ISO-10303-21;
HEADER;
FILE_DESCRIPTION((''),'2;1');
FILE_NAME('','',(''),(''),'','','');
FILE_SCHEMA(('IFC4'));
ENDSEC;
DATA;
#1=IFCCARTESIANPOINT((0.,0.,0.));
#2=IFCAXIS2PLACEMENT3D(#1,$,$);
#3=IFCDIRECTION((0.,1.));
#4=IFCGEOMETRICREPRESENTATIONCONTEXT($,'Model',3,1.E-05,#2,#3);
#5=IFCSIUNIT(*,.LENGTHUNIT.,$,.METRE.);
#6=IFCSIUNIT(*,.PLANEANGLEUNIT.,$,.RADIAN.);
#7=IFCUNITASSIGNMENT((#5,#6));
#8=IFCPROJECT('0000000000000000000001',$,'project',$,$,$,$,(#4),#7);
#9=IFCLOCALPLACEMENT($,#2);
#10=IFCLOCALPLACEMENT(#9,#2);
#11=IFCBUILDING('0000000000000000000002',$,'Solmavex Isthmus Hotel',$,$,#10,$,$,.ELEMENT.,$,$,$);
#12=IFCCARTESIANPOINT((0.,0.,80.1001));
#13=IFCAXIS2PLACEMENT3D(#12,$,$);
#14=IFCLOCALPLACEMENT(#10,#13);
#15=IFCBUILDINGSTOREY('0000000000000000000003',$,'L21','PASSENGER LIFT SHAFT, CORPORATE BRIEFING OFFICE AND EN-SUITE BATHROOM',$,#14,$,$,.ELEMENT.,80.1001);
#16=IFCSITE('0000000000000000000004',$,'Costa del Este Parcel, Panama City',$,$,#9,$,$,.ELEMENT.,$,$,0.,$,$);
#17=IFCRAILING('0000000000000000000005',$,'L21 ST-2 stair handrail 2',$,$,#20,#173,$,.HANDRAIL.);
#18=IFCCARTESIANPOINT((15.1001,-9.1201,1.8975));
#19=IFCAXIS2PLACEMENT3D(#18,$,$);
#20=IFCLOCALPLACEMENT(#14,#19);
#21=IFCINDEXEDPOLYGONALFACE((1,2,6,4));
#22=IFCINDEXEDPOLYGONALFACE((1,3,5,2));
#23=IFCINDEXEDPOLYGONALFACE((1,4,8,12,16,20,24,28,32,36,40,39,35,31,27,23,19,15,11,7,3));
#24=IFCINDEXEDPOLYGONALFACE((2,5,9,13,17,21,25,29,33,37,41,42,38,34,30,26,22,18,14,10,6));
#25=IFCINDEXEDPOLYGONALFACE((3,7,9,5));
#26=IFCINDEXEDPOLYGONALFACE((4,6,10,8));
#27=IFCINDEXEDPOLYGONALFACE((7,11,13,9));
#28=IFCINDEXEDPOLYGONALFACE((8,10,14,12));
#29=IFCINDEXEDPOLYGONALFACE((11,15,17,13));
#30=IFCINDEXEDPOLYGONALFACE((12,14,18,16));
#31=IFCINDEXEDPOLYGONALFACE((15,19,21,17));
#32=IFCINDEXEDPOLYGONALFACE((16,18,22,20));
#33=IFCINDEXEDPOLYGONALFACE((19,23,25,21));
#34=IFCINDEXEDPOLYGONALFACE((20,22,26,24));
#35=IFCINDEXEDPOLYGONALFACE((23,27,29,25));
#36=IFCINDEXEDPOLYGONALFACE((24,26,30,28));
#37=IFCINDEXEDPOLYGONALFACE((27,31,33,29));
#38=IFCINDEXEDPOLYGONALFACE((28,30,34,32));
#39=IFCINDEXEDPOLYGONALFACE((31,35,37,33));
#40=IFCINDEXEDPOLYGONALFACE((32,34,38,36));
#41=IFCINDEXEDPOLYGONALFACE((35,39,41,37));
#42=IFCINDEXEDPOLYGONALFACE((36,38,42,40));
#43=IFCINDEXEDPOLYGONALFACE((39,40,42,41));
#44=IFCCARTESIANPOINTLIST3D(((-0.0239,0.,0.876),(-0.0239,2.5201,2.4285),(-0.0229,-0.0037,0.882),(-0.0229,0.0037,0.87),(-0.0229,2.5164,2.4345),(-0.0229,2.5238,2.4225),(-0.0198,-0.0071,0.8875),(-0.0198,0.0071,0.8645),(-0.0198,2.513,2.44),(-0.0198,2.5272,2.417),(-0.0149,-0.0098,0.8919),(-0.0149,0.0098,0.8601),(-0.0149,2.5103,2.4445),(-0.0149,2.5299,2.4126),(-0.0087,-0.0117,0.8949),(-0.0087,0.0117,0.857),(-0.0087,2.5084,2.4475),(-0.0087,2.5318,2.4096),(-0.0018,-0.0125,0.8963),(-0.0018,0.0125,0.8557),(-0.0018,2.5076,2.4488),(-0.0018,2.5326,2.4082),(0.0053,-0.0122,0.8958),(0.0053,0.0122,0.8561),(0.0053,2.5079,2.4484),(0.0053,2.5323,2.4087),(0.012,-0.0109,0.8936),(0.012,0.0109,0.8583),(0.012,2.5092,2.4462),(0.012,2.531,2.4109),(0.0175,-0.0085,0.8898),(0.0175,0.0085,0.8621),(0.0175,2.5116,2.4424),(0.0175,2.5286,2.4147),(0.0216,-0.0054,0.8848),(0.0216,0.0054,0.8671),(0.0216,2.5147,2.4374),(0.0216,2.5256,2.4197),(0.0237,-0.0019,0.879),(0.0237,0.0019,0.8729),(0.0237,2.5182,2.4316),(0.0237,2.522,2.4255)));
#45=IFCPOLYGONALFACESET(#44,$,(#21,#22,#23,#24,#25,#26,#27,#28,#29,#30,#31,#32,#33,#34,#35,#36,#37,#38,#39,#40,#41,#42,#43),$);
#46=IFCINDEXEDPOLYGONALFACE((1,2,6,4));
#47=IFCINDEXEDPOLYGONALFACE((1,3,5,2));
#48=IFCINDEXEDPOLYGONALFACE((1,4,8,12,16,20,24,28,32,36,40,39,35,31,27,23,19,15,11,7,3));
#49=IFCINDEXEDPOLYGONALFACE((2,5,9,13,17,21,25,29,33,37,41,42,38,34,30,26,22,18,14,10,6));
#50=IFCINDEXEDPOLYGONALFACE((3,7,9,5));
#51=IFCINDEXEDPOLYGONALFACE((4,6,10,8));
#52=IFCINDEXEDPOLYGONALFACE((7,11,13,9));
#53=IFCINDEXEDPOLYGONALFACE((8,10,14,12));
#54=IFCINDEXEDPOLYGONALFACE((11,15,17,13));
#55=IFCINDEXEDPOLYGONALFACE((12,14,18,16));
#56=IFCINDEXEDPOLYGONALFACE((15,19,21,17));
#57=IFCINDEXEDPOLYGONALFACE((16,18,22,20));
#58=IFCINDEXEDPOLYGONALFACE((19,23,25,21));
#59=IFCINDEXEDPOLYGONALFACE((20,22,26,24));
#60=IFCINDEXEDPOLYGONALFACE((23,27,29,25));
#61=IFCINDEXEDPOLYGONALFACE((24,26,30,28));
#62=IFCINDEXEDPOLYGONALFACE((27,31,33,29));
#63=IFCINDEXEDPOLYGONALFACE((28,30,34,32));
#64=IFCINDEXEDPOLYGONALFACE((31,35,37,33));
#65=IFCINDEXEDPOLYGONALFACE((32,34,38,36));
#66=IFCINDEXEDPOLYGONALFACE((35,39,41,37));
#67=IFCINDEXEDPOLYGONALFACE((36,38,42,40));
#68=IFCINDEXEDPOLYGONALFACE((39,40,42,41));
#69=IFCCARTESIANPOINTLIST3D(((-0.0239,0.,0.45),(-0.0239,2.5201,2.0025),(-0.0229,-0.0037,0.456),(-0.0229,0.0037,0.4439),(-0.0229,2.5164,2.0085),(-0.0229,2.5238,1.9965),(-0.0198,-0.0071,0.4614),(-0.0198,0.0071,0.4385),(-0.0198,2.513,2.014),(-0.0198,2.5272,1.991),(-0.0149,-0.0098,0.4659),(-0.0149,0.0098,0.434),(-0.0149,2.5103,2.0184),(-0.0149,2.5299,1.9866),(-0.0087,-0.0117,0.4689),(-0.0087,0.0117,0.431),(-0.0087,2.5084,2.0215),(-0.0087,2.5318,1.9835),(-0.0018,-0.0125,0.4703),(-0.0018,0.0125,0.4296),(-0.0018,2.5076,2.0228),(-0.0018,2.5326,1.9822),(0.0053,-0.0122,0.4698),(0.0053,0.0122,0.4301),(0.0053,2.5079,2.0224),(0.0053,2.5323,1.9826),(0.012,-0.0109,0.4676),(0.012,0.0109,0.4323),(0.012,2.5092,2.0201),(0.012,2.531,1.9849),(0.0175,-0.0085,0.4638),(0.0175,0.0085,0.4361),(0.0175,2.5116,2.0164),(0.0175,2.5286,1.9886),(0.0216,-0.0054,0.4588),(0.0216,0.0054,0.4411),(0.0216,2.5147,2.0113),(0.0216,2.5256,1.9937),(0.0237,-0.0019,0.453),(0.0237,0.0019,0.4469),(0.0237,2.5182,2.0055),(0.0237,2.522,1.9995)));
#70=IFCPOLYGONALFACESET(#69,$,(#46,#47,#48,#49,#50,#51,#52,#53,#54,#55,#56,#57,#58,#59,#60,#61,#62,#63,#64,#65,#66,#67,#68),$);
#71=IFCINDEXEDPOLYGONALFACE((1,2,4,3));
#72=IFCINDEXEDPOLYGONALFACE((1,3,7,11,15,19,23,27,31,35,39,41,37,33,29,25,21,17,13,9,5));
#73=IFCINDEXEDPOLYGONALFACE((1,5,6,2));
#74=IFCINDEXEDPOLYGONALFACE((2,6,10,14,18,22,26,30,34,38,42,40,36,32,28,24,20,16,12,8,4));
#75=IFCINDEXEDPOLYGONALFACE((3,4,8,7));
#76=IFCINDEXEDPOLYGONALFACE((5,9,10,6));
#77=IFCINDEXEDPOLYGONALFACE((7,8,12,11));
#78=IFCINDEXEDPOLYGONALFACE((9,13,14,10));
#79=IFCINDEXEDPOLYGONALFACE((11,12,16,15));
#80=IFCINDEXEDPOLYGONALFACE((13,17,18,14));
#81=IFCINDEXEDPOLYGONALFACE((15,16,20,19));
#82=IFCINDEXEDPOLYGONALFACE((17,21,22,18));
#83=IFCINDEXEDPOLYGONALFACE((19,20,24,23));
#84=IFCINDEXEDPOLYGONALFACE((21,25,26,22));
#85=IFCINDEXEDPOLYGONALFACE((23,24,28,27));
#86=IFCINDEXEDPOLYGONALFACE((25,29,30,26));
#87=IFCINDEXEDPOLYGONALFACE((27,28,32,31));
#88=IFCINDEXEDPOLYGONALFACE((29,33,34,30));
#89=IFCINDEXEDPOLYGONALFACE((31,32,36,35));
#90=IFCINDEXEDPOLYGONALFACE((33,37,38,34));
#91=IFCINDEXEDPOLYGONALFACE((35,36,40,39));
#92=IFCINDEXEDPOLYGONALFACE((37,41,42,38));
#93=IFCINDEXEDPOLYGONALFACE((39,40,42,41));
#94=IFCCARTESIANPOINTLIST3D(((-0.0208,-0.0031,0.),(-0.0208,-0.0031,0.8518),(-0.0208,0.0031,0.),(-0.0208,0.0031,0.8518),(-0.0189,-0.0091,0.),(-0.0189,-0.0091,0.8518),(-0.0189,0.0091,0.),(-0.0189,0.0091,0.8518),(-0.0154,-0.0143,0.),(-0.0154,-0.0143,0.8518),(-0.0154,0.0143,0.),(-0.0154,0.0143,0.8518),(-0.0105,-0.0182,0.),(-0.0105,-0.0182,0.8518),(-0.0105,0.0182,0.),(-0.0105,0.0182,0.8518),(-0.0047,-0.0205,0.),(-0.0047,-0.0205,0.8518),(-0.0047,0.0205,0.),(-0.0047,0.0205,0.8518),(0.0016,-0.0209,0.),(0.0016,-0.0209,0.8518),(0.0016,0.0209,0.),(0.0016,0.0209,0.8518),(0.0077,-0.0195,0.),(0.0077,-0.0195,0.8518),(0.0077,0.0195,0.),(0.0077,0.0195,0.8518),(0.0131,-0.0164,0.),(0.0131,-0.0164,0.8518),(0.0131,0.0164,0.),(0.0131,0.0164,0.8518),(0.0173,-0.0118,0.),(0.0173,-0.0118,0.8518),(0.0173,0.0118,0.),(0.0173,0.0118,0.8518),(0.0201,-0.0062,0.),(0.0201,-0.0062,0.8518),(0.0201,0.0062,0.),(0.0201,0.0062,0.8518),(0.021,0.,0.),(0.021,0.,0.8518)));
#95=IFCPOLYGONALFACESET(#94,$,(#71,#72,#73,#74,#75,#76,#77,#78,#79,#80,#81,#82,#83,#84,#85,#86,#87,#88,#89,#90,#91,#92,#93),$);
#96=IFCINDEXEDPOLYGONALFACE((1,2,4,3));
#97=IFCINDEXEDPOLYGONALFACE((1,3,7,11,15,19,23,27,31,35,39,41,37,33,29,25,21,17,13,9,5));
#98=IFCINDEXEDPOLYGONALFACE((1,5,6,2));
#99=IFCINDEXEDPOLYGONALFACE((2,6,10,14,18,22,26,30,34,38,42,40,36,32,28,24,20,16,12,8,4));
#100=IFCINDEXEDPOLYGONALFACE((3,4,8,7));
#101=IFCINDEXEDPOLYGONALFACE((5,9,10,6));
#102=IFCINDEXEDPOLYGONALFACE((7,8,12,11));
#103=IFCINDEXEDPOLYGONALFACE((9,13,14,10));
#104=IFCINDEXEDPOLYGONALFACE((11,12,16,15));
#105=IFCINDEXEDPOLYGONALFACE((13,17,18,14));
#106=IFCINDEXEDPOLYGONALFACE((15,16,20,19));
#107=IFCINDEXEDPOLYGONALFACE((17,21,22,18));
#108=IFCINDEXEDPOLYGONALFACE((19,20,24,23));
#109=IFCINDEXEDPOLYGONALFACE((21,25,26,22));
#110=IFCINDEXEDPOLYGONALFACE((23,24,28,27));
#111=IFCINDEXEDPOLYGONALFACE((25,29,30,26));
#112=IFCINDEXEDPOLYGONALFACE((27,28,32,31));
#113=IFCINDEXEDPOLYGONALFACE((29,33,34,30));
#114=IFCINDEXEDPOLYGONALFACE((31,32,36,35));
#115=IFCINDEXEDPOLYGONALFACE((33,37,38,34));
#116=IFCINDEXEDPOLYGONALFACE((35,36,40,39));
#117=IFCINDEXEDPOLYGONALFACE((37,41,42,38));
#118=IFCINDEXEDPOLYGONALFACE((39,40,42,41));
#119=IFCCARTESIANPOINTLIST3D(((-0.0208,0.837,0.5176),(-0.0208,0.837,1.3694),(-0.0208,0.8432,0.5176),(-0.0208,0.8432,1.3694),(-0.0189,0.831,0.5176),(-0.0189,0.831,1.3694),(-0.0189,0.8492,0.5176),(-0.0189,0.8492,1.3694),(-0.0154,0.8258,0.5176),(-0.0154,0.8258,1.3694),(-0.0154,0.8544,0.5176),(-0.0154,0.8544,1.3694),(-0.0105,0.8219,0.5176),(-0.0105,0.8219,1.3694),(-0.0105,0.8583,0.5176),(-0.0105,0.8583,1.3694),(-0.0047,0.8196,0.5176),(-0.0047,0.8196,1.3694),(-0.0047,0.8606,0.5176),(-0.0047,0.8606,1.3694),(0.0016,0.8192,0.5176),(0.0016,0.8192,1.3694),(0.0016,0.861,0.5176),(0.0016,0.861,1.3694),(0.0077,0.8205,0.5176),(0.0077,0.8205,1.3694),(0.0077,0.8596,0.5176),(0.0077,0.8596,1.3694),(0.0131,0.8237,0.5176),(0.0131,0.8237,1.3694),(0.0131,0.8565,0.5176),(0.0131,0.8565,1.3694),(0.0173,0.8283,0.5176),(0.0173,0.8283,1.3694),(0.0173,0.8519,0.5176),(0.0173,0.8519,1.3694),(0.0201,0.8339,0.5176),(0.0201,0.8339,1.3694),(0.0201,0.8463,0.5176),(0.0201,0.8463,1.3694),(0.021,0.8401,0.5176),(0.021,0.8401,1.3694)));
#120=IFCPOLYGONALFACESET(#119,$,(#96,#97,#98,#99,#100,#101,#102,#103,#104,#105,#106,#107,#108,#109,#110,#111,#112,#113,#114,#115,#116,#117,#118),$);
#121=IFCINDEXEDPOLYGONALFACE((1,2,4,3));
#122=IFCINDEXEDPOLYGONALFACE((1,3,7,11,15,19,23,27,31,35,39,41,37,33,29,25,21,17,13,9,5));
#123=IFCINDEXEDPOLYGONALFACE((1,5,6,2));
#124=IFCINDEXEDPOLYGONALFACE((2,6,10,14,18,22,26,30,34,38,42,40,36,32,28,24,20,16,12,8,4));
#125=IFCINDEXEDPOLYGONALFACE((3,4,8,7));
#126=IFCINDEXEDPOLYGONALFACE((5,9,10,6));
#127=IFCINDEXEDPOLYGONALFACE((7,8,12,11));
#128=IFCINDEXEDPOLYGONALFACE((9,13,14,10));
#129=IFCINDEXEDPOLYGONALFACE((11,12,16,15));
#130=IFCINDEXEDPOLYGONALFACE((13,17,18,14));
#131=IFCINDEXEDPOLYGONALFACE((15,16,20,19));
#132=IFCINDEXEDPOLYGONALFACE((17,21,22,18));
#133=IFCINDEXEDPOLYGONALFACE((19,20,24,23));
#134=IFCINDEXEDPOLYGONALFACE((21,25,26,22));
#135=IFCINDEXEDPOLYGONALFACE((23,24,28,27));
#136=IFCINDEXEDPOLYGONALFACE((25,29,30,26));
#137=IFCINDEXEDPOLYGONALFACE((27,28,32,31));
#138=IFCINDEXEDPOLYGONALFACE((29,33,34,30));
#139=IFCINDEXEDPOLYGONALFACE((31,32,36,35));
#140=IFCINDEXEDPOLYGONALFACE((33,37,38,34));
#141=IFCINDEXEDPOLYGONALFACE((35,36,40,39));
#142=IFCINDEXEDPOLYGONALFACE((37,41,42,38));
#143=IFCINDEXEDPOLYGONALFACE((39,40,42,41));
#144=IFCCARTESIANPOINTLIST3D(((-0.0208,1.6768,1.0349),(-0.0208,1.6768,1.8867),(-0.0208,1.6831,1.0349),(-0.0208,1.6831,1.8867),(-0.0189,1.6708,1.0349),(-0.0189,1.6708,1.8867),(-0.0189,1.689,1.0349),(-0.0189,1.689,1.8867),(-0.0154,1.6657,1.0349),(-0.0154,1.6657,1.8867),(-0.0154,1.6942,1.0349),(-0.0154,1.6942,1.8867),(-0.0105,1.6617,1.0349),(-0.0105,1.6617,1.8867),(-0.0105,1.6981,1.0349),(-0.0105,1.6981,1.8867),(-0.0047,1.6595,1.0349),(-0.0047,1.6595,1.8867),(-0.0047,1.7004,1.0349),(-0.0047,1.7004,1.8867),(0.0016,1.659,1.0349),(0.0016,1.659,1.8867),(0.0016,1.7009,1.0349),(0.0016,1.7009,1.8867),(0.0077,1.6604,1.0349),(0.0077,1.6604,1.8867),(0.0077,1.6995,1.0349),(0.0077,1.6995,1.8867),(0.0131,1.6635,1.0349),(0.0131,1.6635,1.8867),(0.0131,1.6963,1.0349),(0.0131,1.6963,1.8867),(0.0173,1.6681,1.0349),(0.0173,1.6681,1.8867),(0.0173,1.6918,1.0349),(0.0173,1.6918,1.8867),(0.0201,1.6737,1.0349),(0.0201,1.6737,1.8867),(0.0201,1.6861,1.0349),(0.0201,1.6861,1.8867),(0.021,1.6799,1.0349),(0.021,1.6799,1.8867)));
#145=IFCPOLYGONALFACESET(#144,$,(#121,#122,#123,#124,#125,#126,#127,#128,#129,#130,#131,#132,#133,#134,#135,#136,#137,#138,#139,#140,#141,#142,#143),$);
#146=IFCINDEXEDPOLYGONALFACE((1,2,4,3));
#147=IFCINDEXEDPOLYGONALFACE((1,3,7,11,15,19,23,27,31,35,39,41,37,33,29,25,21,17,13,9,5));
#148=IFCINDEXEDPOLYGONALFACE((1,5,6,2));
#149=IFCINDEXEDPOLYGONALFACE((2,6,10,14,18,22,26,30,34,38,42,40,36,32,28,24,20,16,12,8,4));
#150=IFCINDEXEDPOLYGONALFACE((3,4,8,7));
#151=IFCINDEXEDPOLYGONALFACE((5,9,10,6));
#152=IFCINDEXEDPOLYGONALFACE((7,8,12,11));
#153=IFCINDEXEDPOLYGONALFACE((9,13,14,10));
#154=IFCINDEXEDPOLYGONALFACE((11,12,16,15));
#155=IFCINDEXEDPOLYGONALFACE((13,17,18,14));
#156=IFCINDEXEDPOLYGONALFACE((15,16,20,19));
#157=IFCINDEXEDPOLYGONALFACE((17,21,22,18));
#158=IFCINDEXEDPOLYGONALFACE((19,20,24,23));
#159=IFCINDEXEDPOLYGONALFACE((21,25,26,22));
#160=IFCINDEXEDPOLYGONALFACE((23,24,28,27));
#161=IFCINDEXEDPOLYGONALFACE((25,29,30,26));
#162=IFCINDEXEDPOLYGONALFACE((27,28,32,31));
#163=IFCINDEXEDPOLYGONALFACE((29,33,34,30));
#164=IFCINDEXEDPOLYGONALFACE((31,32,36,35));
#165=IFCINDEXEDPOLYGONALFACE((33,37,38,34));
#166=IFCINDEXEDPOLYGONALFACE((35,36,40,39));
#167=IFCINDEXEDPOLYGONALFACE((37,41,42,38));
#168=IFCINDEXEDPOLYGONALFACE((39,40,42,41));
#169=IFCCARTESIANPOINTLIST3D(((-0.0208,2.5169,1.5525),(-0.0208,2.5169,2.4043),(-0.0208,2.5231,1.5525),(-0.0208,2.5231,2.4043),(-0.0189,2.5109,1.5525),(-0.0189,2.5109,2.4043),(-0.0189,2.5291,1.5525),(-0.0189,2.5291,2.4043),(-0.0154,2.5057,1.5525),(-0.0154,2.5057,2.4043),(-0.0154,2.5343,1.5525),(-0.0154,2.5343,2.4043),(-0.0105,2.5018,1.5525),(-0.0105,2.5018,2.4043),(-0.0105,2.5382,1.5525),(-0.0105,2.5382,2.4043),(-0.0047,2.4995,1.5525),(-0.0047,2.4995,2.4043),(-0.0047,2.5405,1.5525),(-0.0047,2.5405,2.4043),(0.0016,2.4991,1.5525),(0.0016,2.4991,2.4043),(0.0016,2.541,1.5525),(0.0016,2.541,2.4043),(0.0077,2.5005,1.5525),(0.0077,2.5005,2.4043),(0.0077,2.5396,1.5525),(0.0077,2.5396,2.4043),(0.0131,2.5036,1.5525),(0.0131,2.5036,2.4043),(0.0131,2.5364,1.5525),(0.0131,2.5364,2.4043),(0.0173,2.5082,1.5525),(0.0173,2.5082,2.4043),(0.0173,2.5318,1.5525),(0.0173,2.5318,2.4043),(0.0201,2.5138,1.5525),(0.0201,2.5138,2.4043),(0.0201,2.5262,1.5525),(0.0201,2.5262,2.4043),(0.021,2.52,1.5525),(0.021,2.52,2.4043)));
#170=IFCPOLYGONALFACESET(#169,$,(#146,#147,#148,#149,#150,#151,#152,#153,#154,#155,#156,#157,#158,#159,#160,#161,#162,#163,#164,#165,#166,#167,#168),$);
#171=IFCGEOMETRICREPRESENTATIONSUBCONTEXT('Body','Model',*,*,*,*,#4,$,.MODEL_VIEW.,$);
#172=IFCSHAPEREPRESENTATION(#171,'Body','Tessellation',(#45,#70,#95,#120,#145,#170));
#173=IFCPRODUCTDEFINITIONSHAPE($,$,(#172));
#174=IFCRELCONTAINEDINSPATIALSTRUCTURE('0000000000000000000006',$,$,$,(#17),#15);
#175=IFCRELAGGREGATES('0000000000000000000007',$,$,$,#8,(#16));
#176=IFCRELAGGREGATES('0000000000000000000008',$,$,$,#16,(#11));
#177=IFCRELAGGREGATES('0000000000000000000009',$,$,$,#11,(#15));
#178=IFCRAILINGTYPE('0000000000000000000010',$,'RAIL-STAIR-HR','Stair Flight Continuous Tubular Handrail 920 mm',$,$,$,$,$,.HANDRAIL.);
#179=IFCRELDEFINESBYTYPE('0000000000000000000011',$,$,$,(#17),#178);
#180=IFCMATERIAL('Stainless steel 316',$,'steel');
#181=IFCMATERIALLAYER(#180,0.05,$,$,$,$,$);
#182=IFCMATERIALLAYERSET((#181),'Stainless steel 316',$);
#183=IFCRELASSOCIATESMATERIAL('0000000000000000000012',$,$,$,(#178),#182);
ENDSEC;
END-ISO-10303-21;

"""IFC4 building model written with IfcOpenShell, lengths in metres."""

from ifc_helpers import new_model, si_unit, direction, frame, origin, origin_2d, place, context, subcontext, project, spatial, circle, extrude, material, layer, layer_set, type_object, element, save


model = new_model("IFC4")

# Units and contexts
model_context = context("Model", 3, precision=1e-05, world=origin(), true_north=direction((0.0, 1.0)))
body_context = subcontext(model_context, "Body", "Model", "MODEL_VIEW")
ifc_project = project(units=[si_unit("LENGTHUNIT", "METRE"), si_unit("PLANEANGLEUNIT", "RADIAN")], contexts=[model_context])

# Site, building, storey
site_placement = place(None, origin())
site = spatial("IfcSite", under=ifc_project, at=site_placement, Name="Costa del Este Parcel, Panama City", CompositionType="ELEMENT", RefElevation=0.0)
building_placement = place(site_placement, origin())
building = spatial("IfcBuilding", under=site, at=building_placement, Name="Solmavex Isthmus Hotel", CompositionType="ELEMENT")
storey_placement = place(building_placement, frame((0.0, 0.0, 80.1001)))
storey = spatial("IfcBuildingStorey", under=building, at=storey_placement, Name="L21", Description="PASSENGER LIFT SHAFT, CORPORATE BRIEFING OFFICE AND EN-SUITE BATHROOM", CompositionType="ELEMENT", Elevation=80.1001)

# Railing
ifc_material_1 = material(Name="Stainless steel 316", Category="steel")
ifc_layer_1 = layer(ifc_material_1, 0.05)
ifc_layer_set_1 = layer_set([ifc_layer_1], Name="Stainless steel 316")
railing_type_1 = type_object("IfcRailingType", Name="RAIL-STAIR-HR", Description="Stair Flight Continuous Tubular Handrail 920 mm", PredefinedType="HANDRAIL", material=ifc_layer_set_1)
railing_1_placement = place(storey_placement, frame((15.1001, -9.1201, 1.8975)))
element("IfcRailing", 1, at=railing_1_placement, inside=storey, type_object=railing_type_1, Name="L21 ST-2 stair handrail 2", PredefinedType="HANDRAIL", context=body_context, shape_type="SweptSolid", body=[
    extrude(circle(Radius=0.0239, at=origin_2d()), frame((0.0, 0.0, 0.876), z_axis=(0.0, 0.8514, 0.524516), x_axis=(-1.0, 0.0, 0.0)), (0.0, 0.0, 1.0), 2.96),
    extrude(circle(Radius=0.0239, at=origin_2d()), frame((0.0, 0.0, 0.45), z_axis=(0.0, 0.8514, 0.524516), x_axis=(-1.0, 0.0, 0.0)), (0.0, 0.0, 1.0), 2.96),
    extrude(circle(Radius=0.021, at=origin_2d()), origin(), (0.0, 0.0, 1.0), 0.8518),
    extrude(circle(Radius=0.021, at=origin_2d()), frame((0.0, 0.8401, 0.5176)), (0.0, 0.0, 1.0), 0.8518),
    extrude(circle(Radius=0.021, at=origin_2d()), frame((0.0, 1.6799, 1.0349)), (0.0, 0.0, 1.0), 0.8518),
    extrude(circle(Radius=0.021, at=origin_2d()), frame((0.0, 2.52, 1.5525)), (0.0, 0.0, 1.0), 0.8518),
])

save(model, "model.ifc")
